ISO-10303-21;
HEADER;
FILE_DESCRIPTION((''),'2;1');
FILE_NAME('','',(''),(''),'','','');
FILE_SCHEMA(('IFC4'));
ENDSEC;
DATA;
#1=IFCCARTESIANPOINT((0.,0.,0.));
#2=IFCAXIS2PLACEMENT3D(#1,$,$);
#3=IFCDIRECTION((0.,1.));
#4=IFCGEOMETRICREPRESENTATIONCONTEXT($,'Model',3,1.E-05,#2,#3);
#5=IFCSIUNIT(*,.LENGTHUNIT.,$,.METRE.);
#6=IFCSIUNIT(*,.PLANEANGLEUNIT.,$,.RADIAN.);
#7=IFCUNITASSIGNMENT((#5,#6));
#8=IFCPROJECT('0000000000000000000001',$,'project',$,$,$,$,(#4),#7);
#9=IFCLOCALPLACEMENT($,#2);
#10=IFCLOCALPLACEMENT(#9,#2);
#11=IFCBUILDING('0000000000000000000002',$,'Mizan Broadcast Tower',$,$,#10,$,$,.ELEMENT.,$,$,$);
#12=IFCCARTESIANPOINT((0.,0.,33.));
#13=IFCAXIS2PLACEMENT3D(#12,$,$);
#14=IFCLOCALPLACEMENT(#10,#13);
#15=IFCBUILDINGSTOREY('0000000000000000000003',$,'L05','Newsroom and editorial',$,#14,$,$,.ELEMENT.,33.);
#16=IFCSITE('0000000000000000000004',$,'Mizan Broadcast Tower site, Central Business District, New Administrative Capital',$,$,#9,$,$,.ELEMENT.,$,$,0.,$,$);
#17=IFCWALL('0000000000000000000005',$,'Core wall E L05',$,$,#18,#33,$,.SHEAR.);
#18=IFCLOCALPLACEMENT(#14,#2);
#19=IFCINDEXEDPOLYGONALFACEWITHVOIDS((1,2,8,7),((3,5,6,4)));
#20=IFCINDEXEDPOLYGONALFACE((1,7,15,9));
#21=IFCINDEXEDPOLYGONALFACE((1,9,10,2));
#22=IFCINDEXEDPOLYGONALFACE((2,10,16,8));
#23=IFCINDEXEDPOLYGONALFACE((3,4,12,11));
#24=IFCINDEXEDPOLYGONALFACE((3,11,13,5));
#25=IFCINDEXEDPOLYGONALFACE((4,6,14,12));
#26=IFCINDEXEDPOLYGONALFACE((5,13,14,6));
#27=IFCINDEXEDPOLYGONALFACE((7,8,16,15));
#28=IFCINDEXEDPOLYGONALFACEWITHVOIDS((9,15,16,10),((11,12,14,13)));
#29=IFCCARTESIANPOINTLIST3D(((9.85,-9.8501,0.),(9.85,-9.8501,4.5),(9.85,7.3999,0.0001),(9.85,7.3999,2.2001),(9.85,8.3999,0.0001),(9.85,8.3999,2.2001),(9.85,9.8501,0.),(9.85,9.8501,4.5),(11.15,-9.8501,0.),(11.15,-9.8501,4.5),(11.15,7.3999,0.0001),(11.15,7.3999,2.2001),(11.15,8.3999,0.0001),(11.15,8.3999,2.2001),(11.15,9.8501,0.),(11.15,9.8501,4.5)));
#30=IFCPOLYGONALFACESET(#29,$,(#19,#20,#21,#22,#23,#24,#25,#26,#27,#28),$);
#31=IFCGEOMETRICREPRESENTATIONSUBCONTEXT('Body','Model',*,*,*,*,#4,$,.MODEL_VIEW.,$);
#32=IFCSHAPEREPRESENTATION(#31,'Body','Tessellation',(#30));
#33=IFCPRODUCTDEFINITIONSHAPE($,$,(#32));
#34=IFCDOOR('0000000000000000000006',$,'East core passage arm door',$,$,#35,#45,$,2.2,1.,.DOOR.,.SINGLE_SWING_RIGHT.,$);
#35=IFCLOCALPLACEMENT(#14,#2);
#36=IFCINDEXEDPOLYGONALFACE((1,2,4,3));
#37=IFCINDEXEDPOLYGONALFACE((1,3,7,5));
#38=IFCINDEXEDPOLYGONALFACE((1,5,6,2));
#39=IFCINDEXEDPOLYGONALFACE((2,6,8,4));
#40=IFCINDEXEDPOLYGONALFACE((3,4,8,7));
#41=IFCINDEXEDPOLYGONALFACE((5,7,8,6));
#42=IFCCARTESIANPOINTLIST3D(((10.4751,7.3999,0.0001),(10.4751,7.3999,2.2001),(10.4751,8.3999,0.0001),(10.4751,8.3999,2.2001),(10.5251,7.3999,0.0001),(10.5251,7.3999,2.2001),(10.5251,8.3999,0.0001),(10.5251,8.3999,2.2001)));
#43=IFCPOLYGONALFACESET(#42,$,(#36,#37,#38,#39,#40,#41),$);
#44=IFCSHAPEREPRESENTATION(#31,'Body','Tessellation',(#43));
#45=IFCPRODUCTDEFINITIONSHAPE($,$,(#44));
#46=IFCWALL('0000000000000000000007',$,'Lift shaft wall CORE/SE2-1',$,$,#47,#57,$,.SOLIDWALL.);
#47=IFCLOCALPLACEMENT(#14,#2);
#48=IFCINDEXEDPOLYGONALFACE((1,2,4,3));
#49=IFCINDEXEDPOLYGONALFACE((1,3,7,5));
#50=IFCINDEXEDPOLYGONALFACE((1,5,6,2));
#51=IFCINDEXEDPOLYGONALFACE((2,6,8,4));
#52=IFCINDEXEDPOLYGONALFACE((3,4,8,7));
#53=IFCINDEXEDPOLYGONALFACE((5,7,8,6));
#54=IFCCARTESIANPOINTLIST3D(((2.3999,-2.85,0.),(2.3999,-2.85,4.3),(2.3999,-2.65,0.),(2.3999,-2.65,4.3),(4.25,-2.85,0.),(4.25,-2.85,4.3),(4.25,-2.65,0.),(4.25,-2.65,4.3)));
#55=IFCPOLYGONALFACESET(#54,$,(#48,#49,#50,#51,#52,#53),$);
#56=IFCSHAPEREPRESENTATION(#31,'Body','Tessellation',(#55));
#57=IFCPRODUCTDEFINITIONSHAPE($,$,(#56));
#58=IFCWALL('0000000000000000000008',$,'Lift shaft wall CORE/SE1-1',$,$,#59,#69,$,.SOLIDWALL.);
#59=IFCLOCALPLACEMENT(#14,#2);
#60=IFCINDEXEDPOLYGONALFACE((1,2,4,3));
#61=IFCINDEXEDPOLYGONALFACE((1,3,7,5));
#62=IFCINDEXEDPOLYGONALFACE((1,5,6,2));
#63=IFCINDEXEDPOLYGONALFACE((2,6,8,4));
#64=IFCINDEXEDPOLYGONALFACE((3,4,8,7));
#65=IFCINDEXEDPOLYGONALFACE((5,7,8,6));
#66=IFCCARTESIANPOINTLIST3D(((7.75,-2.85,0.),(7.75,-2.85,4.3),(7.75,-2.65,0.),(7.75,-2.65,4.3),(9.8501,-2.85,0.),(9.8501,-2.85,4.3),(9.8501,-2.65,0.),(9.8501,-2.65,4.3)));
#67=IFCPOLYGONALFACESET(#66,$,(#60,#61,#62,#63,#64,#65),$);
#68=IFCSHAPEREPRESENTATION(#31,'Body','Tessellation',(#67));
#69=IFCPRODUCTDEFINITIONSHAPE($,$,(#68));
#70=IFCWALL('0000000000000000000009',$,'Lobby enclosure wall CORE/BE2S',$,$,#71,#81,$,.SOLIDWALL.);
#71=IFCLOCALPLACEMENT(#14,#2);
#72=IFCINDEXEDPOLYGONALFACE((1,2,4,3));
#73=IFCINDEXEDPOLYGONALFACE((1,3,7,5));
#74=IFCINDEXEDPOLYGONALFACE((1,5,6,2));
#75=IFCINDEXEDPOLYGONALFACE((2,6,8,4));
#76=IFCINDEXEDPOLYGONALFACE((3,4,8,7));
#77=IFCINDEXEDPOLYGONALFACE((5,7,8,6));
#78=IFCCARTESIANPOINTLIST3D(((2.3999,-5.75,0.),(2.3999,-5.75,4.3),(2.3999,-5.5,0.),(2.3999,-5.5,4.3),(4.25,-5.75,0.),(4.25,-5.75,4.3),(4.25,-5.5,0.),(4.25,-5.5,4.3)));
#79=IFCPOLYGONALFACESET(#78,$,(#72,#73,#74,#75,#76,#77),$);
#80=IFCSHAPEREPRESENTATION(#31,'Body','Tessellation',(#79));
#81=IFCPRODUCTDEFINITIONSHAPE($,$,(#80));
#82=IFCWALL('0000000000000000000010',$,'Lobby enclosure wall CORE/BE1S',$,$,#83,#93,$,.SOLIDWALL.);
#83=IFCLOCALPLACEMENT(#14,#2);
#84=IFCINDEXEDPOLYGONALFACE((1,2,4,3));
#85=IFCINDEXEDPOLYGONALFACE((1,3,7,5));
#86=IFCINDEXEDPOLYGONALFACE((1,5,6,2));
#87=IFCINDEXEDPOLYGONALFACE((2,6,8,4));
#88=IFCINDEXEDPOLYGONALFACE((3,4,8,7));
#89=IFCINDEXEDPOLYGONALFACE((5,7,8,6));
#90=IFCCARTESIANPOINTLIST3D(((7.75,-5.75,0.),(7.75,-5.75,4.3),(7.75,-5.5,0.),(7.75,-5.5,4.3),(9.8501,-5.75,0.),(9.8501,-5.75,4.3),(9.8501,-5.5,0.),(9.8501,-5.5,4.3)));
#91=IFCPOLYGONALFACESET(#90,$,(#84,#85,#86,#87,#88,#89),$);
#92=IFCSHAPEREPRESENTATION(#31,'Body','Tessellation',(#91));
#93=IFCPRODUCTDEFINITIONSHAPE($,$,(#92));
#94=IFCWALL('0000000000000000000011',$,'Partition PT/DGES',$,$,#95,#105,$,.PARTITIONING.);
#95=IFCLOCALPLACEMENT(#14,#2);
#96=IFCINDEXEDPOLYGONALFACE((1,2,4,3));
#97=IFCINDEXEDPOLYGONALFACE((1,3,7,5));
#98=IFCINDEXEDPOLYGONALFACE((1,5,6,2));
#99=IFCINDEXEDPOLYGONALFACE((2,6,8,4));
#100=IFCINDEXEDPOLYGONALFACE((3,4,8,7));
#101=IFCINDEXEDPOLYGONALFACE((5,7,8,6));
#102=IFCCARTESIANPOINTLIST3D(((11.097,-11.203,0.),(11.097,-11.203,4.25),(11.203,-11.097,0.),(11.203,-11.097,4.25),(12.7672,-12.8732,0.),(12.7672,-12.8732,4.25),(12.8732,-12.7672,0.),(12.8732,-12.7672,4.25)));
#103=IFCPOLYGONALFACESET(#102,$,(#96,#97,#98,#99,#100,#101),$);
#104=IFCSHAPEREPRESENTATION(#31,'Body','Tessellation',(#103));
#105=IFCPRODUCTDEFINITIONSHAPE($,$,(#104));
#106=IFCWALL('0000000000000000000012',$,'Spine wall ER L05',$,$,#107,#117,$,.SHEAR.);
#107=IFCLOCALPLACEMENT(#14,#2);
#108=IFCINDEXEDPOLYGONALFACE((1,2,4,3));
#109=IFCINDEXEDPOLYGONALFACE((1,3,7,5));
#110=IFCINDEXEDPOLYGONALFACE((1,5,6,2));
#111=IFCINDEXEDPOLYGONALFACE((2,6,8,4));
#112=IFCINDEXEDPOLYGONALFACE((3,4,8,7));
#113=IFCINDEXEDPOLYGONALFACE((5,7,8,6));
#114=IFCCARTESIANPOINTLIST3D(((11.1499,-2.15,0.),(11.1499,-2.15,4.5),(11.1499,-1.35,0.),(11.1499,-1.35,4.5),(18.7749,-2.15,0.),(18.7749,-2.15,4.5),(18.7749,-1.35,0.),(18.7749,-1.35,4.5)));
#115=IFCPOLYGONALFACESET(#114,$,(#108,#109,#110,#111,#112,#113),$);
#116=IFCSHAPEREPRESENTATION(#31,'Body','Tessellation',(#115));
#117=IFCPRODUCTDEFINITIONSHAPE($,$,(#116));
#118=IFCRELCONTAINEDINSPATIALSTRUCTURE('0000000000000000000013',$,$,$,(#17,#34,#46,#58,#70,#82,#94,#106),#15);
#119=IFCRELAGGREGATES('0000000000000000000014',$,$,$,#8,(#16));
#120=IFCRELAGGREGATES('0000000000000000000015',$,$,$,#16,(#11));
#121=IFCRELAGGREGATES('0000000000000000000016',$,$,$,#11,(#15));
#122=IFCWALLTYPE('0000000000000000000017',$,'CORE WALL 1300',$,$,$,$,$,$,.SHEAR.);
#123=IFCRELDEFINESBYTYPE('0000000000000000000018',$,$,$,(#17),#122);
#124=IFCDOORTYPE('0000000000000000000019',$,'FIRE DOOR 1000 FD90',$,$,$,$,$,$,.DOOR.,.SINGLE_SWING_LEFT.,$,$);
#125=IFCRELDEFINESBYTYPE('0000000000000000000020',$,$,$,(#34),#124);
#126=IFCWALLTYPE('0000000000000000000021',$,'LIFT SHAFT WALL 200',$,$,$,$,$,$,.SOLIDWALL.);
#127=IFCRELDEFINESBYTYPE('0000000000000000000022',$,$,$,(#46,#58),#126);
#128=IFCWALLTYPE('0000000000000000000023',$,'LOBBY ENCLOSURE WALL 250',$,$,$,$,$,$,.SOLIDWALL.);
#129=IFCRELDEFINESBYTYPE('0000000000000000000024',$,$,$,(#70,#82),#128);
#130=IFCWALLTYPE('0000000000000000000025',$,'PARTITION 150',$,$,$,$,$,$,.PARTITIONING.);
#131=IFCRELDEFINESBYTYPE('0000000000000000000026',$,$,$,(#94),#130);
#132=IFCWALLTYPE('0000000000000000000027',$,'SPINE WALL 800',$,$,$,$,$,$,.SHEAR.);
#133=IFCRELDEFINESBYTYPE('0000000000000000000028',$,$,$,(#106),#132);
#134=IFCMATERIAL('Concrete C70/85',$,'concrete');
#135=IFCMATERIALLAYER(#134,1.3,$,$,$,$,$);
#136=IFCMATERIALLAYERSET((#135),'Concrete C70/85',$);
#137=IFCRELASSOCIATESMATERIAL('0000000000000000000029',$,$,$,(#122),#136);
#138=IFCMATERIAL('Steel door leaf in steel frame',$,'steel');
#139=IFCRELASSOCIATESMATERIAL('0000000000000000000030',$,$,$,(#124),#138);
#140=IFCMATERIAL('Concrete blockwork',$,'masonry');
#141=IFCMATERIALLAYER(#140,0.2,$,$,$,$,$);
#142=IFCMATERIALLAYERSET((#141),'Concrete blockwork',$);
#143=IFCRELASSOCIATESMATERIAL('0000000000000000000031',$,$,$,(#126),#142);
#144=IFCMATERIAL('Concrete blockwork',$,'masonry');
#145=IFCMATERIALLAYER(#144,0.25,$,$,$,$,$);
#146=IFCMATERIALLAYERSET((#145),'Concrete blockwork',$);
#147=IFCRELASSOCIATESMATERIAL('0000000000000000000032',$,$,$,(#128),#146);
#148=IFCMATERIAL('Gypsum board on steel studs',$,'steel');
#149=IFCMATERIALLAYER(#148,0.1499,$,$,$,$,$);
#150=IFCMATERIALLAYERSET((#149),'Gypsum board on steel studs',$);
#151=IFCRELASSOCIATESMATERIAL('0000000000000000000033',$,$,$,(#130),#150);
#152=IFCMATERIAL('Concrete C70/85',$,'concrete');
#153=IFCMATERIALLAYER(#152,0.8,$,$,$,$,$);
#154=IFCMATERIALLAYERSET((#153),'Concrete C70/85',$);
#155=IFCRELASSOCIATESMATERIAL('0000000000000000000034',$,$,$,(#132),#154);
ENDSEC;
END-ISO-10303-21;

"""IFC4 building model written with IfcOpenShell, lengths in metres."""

from ifc_helpers import new_model, si_unit, direction, frame, frame_2d, origin, place, context, subcontext, project, spatial, rectangle, extrude, material, layer, layer_set, type_object, element, fill, save


model = new_model("IFC4")

# Units and contexts
model_context = context("Model", 3, precision=1e-05, world=origin(), true_north=direction((0.0, 1.0)))
body_context = subcontext(model_context, "Body", "Model", "MODEL_VIEW")
ifc_project = project(units=[si_unit("LENGTHUNIT", "METRE"), si_unit("PLANEANGLEUNIT", "RADIAN")], contexts=[model_context])

# Site, building, storey
site_placement = place(None, origin())
site = spatial("IfcSite", under=ifc_project, at=site_placement, Name="Mizan Broadcast Tower site, Central Business District, New Administrative Capital", CompositionType="ELEMENT", RefElevation=0.0)
building_placement = place(site_placement, origin())
building = spatial("IfcBuilding", under=site, at=building_placement, Name="Mizan Broadcast Tower", CompositionType="ELEMENT")
storey_placement = place(building_placement, frame((0.0, 0.0, 33.0)))
storey = spatial("IfcBuildingStorey", under=building, at=storey_placement, Name="L05", Description="Newsroom and editorial", CompositionType="ELEMENT", Elevation=33.0)

# Shared definitions
ifc_material_1 = material(Name="Concrete C70/85", Category="concrete")
ifc_layer_1 = layer(ifc_material_1, 1.3)
ifc_layer_set_1 = layer_set([ifc_layer_1], Name="Concrete C70/85")
wall_type_1 = type_object("IfcWallType", Name="CORE WALL 1300", PredefinedType="SHEAR", material=ifc_layer_set_1)

# Wall, opening, door
wall_1_placement = place(storey_placement, frame((10.5, -9.8501, 0.0), z_axis=(0.0, 0.0, 1.0), x_axis=(0.0, 1.0, 0.0)))
wall_1 = element("IfcWall", 1, at=wall_1_placement, inside=storey, type_object=wall_type_1, Name="Core wall E L05", PredefinedType="SHEAR", context=body_context, shape_type="SweptSolid", body=[
    extrude(rectangle(XDim=19.7002, YDim=1.3, at=frame_2d((9.8501, 0.0))), origin(), (0.0, 0.0, 1.0), 4.5),
])
opening_1_placement = place(wall_1_placement, frame((17.25, 0.0, 0.0)))
opening_1 = element("IfcOpeningElement", 2, at=opening_1_placement, cuts=wall_1, PredefinedType="OPENING", context=body_context, shape_type="SweptSolid", body=[
    extrude(rectangle(XDim=1.0, YDim=2.2, at=frame_2d((0.5, 1.1001))), frame((0.0, 0.6599, 0.0), z_axis=(0.0, -1.0, 0.0), x_axis=(1.0, 0.0, 0.0)), (0.0, 0.0, 1.0), 1.3201),
])
ifc_material_2 = material(Name="Steel door leaf in steel frame", Category="steel")
door_type_1 = type_object("IfcDoorType", Name="FIRE DOOR 1000 FD90", OperationType="SINGLE_SWING_LEFT", PredefinedType="DOOR", material=ifc_material_2)
door_1_placement = place(opening_1_placement, origin())
door_1 = element("IfcDoor", 3, at=door_1_placement, inside=storey, type_object=door_type_1, Name="East core passage arm door", OperationType="SINGLE_SWING_RIGHT", OverallHeight=2.2, OverallWidth=1.0, PredefinedType="DOOR", context=body_context, shape_type="SweptSolid", body=[
    extrude(rectangle(XDim=1.0, YDim=2.2, at=frame_2d((0.5, 1.1001))), frame((0.0, 0.0249, 0.0), z_axis=(0.0, -1.0, 0.0), x_axis=(1.0, 0.0, 0.0)), (0.0, 0.0, 1.0), 0.05),
])
fill(opening_1, door_1)

# Walls
ifc_material_3 = material(Name="Concrete blockwork", Category="masonry")
ifc_layer_2 = layer(ifc_material_3, 0.2)
ifc_layer_set_2 = layer_set([ifc_layer_2], Name="Concrete blockwork")
wall_type_2 = type_object("IfcWallType", Name="LIFT SHAFT WALL 200", PredefinedType="SOLIDWALL", material=ifc_layer_set_2)
wall_2_placement = place(storey_placement, frame((2.3999, -2.75, 0.0), z_axis=(0.0, 0.0, 1.0), x_axis=(1.0, 0.0, 0.0)))
element("IfcWall", 4, at=wall_2_placement, inside=storey, type_object=wall_type_2, Name="Lift shaft wall CORE/SE2-1", PredefinedType="SOLIDWALL", context=body_context, shape_type="SweptSolid", body=[
    extrude(rectangle(XDim=1.8501, YDim=0.2, at=frame_2d((0.925, 0.0))), origin(), (0.0, 0.0, 1.0), 4.3),
])
wall_3_placement = place(storey_placement, frame((7.75, -2.75, 0.0), z_axis=(0.0, 0.0, 1.0), x_axis=(1.0, 0.0, 0.0)))
element("IfcWall", 5, at=wall_3_placement, inside=storey, type_object=wall_type_2, Name="Lift shaft wall CORE/SE1-1", PredefinedType="SOLIDWALL", context=body_context, shape_type="SweptSolid", body=[
    extrude(rectangle(XDim=2.1001, YDim=0.2, at=frame_2d((1.05, 0.0))), origin(), (0.0, 0.0, 1.0), 4.3),
])
ifc_material_4 = material(Name="Concrete blockwork", Category="masonry")
ifc_layer_3 = layer(ifc_material_4, 0.25)
ifc_layer_set_3 = layer_set([ifc_layer_3], Name="Concrete blockwork")
wall_type_3 = type_object("IfcWallType", Name="LOBBY ENCLOSURE WALL 250", PredefinedType="SOLIDWALL", material=ifc_layer_set_3)
wall_4_placement = place(storey_placement, frame((2.3999, -5.625, 0.0), z_axis=(0.0, 0.0, 1.0), x_axis=(1.0, 0.0, 0.0)))
element("IfcWall", 6, at=wall_4_placement, inside=storey, type_object=wall_type_3, Name="Lobby enclosure wall CORE/BE2S", PredefinedType="SOLIDWALL", context=body_context, shape_type="SweptSolid", body=[
    extrude(rectangle(XDim=1.8501, YDim=0.25, at=frame_2d((0.925, 0.0))), origin(), (0.0, 0.0, 1.0), 4.3),
])
wall_5_placement = place(storey_placement, frame((7.75, -5.625, 0.0), z_axis=(0.0, 0.0, 1.0), x_axis=(1.0, 0.0, 0.0)))
element("IfcWall", 7, at=wall_5_placement, inside=storey, type_object=wall_type_3, Name="Lobby enclosure wall CORE/BE1S", PredefinedType="SOLIDWALL", context=body_context, shape_type="SweptSolid", body=[
    extrude(rectangle(XDim=2.1001, YDim=0.25, at=frame_2d((1.05, 0.0))), origin(), (0.0, 0.0, 1.0), 4.3),
])
ifc_material_5 = material(Name="Gypsum board on steel studs", Category="steel")
ifc_layer_4 = layer(ifc_material_5, 0.1499)
ifc_layer_set_4 = layer_set([ifc_layer_4], Name="Gypsum board on steel studs")
wall_type_4 = type_object("IfcWallType", Name="PARTITION 150", PredefinedType="PARTITIONING", material=ifc_layer_set_4)
wall_6_placement = place(storey_placement, frame((11.1499, -11.1499, 0.0), z_axis=(0.0, 0.0, 1.0), x_axis=(0.707107, -0.707107, 0.0)))
element("IfcWall", 8, at=wall_6_placement, inside=storey, type_object=wall_type_4, Name="Partition PT/DGES", PredefinedType="PARTITIONING", context=body_context, shape_type="SweptSolid", body=[
    extrude(rectangle(XDim=2.3621, YDim=0.1499, at=frame_2d((1.1812, 0.0))), origin(), (0.0, 0.0, 1.0), 4.25),
])
ifc_material_6 = material(Name="Concrete C70/85", Category="concrete")
ifc_layer_5 = layer(ifc_material_6, 0.8)
ifc_layer_set_5 = layer_set([ifc_layer_5], Name="Concrete C70/85")
wall_type_5 = type_object("IfcWallType", Name="SPINE WALL 800", PredefinedType="SHEAR", material=ifc_layer_set_5)
wall_7_placement = place(storey_placement, frame((11.1499, -1.75, 0.0), z_axis=(0.0, 0.0, 1.0), x_axis=(1.0, 0.0, 0.0)))
element("IfcWall", 9, at=wall_7_placement, inside=storey, type_object=wall_type_5, Name="Spine wall ER L05", PredefinedType="SHEAR", context=body_context, shape_type="SweptSolid", body=[
    extrude(rectangle(XDim=7.625, YDim=0.8, at=frame_2d((3.8125, 0.0))), origin(), (0.0, 0.0, 1.0), 4.5),
])

save(model, "model.ifc")
